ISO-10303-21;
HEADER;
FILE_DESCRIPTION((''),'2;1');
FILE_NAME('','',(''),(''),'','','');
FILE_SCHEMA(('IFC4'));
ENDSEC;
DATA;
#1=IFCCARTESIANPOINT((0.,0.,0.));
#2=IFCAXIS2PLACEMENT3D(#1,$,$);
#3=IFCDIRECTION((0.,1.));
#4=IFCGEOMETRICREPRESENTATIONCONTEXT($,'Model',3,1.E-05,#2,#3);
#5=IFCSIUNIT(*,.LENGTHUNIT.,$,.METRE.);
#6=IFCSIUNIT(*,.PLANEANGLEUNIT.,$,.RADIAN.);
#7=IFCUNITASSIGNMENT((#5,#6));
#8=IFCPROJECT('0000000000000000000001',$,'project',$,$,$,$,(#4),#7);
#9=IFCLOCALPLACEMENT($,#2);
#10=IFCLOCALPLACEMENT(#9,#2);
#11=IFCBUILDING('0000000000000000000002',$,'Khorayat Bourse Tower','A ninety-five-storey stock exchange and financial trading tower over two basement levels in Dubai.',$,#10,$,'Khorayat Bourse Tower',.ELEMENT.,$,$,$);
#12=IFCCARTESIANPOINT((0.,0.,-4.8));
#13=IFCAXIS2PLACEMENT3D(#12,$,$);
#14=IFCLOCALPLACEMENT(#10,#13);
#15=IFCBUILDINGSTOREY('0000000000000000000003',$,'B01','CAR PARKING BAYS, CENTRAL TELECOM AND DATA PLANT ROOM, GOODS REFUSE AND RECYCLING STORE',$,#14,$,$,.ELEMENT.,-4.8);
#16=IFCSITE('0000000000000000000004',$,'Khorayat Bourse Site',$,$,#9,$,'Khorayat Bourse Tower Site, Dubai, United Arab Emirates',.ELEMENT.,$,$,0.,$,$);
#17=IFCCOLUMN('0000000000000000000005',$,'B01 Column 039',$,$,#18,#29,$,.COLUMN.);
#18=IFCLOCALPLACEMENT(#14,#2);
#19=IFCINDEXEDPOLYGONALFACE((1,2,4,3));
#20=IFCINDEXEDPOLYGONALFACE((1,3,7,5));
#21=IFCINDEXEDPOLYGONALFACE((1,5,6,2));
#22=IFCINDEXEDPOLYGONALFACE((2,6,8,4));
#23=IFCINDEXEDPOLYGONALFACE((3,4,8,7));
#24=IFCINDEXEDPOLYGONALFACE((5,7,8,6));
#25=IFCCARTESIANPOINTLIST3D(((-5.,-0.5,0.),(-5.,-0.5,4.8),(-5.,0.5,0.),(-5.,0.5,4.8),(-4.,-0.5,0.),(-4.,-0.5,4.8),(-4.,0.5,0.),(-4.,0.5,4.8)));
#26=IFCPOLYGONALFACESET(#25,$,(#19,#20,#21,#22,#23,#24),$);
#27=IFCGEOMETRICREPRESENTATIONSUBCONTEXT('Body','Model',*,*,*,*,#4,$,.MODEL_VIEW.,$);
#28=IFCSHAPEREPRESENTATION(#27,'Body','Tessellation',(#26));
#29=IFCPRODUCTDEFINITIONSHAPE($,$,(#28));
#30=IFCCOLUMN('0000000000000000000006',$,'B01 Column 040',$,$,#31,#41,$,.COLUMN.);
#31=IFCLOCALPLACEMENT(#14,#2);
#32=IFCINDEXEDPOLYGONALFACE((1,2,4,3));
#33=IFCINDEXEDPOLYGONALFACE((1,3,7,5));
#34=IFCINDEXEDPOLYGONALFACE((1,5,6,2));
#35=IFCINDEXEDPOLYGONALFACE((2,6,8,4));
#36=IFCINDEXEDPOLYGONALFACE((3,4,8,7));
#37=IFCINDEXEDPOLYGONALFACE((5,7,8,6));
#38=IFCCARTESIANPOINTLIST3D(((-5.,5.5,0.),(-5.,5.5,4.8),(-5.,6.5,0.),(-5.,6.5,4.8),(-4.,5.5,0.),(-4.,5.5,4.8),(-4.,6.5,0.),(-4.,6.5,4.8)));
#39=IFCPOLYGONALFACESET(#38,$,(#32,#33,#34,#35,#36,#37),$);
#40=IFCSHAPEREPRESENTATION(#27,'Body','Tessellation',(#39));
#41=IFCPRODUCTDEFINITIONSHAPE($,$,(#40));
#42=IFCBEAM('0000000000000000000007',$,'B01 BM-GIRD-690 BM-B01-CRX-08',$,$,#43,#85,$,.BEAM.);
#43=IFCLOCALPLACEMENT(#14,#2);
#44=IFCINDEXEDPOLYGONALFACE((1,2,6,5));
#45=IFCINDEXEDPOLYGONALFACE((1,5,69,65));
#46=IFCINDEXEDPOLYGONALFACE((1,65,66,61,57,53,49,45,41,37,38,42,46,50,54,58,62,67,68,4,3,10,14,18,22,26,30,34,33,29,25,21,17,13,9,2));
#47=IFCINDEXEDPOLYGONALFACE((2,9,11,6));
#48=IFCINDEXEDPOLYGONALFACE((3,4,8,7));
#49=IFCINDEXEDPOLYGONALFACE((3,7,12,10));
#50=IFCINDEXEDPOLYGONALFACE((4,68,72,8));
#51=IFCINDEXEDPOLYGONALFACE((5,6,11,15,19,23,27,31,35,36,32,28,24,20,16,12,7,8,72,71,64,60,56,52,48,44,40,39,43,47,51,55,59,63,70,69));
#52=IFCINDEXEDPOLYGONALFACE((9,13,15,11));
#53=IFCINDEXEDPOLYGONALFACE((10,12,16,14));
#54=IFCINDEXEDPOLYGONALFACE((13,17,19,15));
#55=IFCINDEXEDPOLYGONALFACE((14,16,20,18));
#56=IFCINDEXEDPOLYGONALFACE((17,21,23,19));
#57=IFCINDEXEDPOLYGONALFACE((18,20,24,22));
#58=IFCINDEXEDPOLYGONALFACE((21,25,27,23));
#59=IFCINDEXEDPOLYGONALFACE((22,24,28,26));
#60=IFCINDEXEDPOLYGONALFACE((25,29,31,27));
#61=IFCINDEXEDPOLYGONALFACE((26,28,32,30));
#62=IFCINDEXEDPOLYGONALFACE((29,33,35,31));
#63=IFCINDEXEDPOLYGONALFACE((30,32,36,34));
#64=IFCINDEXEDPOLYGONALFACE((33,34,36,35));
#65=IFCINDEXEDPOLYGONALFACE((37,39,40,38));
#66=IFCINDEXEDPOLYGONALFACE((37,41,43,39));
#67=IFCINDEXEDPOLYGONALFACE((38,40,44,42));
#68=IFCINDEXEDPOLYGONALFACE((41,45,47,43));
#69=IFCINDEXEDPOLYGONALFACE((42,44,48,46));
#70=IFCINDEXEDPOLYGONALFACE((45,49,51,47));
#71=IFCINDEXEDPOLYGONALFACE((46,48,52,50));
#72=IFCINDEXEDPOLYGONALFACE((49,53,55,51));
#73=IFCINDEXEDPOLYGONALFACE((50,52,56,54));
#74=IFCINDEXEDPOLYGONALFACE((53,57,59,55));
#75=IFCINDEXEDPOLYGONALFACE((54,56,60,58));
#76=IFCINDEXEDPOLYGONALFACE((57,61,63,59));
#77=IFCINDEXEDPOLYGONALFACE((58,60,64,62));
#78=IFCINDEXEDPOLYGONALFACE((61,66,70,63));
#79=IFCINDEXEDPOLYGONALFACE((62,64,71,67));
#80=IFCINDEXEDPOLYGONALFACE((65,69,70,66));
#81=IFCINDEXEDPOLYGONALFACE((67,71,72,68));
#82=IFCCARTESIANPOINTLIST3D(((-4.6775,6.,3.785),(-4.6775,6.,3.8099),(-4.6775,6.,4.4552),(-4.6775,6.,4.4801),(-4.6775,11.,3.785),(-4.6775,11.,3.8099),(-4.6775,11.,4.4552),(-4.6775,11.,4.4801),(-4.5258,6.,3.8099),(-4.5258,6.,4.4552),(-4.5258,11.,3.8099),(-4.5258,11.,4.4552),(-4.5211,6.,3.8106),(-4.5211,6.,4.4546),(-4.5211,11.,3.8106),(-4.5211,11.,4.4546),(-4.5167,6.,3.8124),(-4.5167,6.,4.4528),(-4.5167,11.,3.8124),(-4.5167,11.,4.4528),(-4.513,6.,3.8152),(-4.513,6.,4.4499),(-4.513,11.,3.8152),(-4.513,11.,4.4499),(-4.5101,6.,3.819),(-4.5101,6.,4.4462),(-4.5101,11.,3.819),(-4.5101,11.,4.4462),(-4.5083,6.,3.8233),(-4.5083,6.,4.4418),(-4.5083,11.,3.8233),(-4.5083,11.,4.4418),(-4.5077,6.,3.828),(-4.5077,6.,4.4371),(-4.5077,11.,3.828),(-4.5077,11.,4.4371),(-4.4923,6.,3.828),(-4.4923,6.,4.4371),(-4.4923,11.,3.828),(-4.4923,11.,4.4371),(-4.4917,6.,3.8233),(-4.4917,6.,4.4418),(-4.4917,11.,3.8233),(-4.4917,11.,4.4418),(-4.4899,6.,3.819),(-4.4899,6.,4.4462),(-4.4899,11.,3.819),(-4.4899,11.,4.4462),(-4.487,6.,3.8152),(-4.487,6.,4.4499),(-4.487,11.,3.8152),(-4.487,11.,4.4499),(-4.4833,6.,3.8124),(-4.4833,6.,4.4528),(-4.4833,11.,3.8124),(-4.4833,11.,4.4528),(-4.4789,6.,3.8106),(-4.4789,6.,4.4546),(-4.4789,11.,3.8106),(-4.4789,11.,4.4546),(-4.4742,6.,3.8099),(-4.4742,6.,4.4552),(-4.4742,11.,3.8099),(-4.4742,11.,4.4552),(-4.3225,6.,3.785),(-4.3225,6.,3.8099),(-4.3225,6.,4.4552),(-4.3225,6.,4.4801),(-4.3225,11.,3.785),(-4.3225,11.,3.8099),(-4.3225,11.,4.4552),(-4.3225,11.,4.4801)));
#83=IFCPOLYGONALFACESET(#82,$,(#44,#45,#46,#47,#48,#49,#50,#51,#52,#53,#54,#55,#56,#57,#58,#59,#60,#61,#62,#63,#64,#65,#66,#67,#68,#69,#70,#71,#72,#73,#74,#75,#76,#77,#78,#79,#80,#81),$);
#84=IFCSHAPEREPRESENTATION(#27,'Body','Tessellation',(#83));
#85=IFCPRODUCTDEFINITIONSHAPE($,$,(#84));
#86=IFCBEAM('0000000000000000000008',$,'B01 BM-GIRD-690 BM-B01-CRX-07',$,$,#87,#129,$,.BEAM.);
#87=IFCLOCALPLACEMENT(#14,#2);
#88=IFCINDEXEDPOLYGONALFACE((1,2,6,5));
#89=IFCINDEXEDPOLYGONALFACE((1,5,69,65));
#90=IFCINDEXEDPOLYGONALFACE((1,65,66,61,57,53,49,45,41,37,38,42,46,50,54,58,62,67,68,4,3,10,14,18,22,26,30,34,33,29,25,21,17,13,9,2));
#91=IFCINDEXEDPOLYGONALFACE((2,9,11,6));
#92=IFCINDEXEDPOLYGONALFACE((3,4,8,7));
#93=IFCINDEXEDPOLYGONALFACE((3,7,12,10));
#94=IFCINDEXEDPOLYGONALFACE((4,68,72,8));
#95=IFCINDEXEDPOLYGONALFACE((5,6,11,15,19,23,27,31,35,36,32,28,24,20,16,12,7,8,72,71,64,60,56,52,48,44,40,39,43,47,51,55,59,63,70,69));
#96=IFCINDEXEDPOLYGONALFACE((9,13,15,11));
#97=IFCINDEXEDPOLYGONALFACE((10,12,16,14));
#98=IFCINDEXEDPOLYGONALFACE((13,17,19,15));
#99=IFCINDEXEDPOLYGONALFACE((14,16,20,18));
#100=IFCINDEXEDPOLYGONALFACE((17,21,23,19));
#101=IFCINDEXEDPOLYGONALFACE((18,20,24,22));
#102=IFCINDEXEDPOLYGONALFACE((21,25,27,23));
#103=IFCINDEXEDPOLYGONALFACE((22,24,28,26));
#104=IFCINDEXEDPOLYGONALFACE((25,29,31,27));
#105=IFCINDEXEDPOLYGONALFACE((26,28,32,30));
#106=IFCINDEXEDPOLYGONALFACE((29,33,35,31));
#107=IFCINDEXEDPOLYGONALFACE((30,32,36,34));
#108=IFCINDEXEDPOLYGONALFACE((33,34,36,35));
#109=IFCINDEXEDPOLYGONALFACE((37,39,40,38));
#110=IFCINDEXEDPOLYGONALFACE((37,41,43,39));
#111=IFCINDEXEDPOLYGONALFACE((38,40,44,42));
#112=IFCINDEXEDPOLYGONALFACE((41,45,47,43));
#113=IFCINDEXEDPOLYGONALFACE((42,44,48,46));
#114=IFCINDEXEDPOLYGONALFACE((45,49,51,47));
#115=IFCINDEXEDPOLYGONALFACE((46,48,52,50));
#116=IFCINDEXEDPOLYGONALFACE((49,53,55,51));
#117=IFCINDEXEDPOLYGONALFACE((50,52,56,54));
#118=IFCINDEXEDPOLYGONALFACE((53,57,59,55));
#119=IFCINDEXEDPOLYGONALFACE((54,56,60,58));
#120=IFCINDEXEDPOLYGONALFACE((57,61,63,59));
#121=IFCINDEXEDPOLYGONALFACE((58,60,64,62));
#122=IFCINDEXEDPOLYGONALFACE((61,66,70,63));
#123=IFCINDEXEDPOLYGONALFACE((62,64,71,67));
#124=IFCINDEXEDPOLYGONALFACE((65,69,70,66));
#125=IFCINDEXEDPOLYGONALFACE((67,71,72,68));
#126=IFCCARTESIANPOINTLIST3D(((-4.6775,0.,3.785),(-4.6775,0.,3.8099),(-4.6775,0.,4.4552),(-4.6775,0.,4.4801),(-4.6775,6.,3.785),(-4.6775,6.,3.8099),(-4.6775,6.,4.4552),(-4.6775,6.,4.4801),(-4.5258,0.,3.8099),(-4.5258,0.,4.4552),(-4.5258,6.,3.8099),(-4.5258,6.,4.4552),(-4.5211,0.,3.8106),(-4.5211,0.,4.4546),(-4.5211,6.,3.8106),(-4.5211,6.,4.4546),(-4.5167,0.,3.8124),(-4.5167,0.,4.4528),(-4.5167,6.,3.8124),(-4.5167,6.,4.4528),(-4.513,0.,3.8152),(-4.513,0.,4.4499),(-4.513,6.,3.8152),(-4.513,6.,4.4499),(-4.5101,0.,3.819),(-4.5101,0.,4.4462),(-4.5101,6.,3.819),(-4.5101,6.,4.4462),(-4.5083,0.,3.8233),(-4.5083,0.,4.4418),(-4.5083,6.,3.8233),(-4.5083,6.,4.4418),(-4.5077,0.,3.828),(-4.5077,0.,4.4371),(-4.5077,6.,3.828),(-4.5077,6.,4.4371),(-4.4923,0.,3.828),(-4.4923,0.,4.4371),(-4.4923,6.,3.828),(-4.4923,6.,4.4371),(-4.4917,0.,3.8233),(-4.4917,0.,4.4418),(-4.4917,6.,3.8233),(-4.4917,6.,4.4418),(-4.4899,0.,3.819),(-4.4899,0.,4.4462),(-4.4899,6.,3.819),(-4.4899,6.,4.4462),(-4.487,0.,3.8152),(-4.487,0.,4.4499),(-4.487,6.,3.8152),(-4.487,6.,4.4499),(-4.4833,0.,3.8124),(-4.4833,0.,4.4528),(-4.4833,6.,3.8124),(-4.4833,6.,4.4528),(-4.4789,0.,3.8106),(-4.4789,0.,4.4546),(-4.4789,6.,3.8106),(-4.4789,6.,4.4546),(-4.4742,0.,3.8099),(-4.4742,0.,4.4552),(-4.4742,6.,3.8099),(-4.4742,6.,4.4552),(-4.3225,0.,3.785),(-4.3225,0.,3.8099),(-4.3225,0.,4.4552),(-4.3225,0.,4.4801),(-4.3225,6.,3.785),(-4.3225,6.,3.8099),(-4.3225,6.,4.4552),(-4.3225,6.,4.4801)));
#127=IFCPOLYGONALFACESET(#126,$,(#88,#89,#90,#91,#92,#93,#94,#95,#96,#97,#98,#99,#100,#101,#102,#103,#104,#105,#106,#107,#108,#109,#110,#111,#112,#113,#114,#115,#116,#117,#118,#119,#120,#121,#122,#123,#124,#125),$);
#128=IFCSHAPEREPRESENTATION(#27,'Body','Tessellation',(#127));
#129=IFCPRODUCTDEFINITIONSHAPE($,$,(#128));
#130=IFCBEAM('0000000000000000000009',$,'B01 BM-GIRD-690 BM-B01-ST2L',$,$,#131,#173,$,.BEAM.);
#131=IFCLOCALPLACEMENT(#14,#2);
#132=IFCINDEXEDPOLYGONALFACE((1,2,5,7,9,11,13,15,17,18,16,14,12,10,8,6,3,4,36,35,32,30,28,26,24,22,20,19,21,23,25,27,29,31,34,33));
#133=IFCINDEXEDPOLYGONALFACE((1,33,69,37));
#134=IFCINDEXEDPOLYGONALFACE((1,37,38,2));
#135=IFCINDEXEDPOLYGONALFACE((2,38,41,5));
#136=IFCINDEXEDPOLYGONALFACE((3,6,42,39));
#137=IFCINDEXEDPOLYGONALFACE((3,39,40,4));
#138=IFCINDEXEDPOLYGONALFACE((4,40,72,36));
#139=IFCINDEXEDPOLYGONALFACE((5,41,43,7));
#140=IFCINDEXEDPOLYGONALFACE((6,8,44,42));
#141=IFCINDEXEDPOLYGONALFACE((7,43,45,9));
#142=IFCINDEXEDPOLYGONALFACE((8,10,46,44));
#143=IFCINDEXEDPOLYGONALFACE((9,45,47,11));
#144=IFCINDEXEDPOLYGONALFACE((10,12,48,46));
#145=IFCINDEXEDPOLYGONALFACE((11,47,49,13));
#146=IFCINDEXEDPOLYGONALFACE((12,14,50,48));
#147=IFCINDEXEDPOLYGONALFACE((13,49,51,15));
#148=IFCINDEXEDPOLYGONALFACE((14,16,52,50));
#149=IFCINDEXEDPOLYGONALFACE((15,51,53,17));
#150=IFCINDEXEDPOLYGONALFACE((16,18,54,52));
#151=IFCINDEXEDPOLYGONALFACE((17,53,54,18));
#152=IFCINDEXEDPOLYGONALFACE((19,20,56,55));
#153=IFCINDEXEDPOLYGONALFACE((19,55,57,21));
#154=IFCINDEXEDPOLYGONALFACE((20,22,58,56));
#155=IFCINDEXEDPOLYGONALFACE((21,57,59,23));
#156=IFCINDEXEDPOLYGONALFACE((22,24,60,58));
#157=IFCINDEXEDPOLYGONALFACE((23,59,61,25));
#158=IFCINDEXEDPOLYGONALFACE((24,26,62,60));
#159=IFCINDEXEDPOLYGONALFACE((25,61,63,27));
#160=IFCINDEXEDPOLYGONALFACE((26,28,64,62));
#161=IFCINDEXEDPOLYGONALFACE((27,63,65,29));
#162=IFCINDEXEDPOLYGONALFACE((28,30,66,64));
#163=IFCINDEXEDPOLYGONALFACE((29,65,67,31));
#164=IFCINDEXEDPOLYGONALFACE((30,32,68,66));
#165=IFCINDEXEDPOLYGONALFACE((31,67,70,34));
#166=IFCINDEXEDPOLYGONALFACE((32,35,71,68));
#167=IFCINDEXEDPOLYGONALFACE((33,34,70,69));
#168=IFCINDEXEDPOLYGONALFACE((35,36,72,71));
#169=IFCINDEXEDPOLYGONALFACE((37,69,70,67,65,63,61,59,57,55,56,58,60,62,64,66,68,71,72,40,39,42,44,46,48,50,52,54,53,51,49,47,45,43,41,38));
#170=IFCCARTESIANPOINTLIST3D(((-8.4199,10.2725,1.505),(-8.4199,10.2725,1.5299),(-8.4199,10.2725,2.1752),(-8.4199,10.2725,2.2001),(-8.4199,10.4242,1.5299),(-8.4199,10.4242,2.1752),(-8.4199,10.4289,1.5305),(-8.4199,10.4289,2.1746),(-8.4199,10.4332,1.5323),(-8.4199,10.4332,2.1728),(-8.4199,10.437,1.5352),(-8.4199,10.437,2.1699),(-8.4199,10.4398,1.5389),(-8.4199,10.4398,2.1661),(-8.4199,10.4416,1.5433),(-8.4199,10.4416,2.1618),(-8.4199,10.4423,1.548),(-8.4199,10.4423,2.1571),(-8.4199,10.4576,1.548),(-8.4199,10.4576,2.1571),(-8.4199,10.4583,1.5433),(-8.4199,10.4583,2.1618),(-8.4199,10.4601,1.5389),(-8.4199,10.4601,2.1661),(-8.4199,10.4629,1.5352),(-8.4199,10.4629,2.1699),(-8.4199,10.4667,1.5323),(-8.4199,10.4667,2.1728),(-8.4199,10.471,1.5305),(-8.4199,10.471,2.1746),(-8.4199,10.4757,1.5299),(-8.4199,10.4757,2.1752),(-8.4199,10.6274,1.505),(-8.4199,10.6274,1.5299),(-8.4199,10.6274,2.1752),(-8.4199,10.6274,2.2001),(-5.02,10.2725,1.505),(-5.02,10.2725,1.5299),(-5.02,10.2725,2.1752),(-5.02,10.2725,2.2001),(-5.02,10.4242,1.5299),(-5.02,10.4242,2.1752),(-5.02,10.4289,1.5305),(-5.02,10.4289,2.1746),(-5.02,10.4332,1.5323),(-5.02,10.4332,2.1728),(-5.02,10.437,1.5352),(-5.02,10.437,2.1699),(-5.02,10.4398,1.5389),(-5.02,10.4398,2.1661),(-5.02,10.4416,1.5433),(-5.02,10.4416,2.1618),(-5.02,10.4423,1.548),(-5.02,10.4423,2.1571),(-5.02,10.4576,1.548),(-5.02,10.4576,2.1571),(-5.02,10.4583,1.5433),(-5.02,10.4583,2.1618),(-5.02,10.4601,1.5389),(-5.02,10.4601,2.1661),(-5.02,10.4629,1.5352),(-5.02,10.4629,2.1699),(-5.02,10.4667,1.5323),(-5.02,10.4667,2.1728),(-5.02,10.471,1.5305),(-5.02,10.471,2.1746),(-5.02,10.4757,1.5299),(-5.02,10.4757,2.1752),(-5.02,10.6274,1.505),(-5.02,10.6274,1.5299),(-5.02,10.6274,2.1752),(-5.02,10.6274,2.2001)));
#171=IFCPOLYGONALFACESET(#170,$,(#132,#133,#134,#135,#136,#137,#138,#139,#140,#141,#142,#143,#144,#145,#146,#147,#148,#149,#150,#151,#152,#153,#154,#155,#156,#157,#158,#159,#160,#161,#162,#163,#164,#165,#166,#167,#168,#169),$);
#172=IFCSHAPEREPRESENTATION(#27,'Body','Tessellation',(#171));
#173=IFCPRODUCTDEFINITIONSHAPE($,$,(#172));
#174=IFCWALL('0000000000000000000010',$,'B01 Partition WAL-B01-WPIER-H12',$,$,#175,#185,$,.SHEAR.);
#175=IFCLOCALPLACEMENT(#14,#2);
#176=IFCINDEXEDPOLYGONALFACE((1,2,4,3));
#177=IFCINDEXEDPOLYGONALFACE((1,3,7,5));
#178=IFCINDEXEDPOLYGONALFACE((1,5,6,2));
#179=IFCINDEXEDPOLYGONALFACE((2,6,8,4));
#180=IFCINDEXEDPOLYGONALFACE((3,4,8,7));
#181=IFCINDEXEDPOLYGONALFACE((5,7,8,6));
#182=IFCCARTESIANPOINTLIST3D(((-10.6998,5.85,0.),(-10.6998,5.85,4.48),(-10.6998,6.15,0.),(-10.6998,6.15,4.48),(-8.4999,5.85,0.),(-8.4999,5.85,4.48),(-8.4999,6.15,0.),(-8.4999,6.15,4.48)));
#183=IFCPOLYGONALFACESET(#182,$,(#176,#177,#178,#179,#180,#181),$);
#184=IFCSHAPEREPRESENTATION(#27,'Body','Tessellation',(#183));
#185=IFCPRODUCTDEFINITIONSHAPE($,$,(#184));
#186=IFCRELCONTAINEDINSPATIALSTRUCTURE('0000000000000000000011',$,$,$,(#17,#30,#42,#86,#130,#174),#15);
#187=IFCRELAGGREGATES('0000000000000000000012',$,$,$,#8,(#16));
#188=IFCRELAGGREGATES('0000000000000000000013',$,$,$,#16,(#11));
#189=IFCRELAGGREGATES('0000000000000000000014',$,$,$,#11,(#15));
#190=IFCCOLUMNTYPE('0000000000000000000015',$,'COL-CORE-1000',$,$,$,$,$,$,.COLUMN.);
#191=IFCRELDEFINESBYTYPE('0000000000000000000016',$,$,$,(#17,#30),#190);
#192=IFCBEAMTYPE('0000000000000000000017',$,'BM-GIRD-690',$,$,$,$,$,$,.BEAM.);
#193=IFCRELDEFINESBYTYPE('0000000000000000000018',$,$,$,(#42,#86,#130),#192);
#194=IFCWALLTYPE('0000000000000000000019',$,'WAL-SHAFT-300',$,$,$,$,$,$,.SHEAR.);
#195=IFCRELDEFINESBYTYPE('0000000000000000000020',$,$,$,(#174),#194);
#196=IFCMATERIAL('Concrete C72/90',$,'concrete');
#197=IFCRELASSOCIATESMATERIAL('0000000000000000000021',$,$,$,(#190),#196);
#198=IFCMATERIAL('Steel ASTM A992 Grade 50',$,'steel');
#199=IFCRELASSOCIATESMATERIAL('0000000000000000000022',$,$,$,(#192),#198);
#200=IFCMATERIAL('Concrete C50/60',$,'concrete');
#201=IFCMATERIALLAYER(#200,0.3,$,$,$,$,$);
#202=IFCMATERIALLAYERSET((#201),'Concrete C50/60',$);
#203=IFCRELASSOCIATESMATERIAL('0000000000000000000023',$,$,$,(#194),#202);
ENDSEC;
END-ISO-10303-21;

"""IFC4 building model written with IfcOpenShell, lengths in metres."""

from ifc_helpers import new_model, si_unit, direction, frame, frame_2d, origin, origin_2d, place, context, subcontext, project, spatial, rectangle, i_section, extrude, source, transform, mapped, material, layer, layer_set, material_profile, profile_set, type_object, element, save


model = new_model("IFC4")

# Units and contexts
model_context = context("Model", 3, precision=1e-05, world=origin(), true_north=direction((0.0, 1.0)))
body_context = subcontext(model_context, "Body", "Model", "MODEL_VIEW")
ifc_project = project(units=[si_unit("LENGTHUNIT", "METRE"), si_unit("PLANEANGLEUNIT", "RADIAN")], contexts=[model_context])

# Site, building, storey
site_placement = place(None, origin())
site = spatial("IfcSite", under=ifc_project, at=site_placement, Name="Khorayat Bourse Site", LongName="Khorayat Bourse Tower Site, Dubai, United Arab Emirates", CompositionType="ELEMENT", RefElevation=0.0)
building_placement = place(site_placement, origin())
building = spatial("IfcBuilding", under=site, at=building_placement, Name="Khorayat Bourse Tower", Description="A ninety-five-storey stock exchange and financial trading tower over two basement levels in Dubai.", LongName="Khorayat Bourse Tower", CompositionType="ELEMENT")
storey_placement = place(building_placement, frame((0.0, 0.0, -4.8)))
storey = spatial("IfcBuildingStorey", under=building, at=storey_placement, Name="B01", Description="CAR PARKING BAYS, CENTRAL TELECOM AND DATA PLANT ROOM, GOODS REFUSE AND RECYCLING STORE", CompositionType="ELEMENT", Elevation=-4.8)

# Columns
ifc_material_1 = material(Name="Concrete C72/90", Category="concrete")
ifc_material_profile_1 = material_profile(ifc_material_1, rectangle(XDim=1.0, YDim=1.0, at=origin_2d()), Name="RC 1000x1000")
ifc_profile_set_1 = profile_set([ifc_material_profile_1], Name="Concrete C72/90")
column_type = type_object("IfcColumnType", Name="COL-CORE-1000", PredefinedType="COLUMN", material=ifc_profile_set_1)
shared_shape_1 = source(origin(), body_context, "Body", "SweptSolid", [
    extrude(rectangle(XDim=1.0, YDim=1.0, at=origin_2d()), origin(), (0.0, 0.0, 1.0), 4.8),
])
for number, where, z_axis, x_axis, name in (
    (1, (-4.5, 0.0, 0.0), (0.0, 0.0, 1.0), (1.0, 0.0, 0.0), "B01 Column 039"),
    (2, (-4.5, 6.0, 0.0), (0.0, 0.0, 1.0), (1.0, 0.0, 0.0), "B01 Column 040"),
):
    element("IfcColumn", number, at=place(storey_placement, frame(where, z_axis=z_axis, x_axis=x_axis)), inside=storey, type_object=column_type, Name=name, PredefinedType="COLUMN", context=body_context, shape_type="MappedRepresentation", body=[
        mapped(shared_shape_1, transform((0.0, 0.0, 0.0), scale=1.0)),
    ])

# Beams
ifc_material_2 = material(Name="Steel ASTM A992 Grade 50", Category="steel")
ifc_material_profile_2 = material_profile(ifc_material_2, i_section(OverallWidth=0.355, OverallDepth=0.6951, WebThickness=0.0154, FlangeThickness=0.0249, FilletRadius=0.0181, at=origin_2d()), Name="W690X217")
ifc_profile_set_2 = profile_set([ifc_material_profile_2], Name="Steel ASTM A992 Grade 50")
beam_type = type_object("IfcBeamType", Name="BM-GIRD-690", PredefinedType="BEAM", material=ifc_profile_set_2)
shared_shape_2 = source(origin(), body_context, "Body", "SweptSolid", [
    extrude(i_section(OverallWidth=0.355, OverallDepth=0.6951, WebThickness=0.0154, FlangeThickness=0.0249, FilletRadius=0.0181, at=origin_2d()), origin(), (0.0, 0.0, 1.0), 5.0),
])
beam_1_placement = place(storey_placement, frame((-4.5, 6.0, 4.1326), z_axis=(0.0, 1.0, 0.0), x_axis=(-1.0, 0.0, 0.0)))
element("IfcBeam", 3, at=beam_1_placement, inside=storey, type_object=beam_type, Name="B01 BM-GIRD-690 BM-B01-CRX-08", PredefinedType="BEAM", context=body_context, shape_type="MappedRepresentation", body=[
    mapped(shared_shape_2, transform((0.0, 0.0, 0.0), scale=1.0)),
])
shared_shape_3 = source(origin(), body_context, "Body", "SweptSolid", [
    extrude(i_section(OverallWidth=0.355, OverallDepth=0.6951, WebThickness=0.0154, FlangeThickness=0.0249, FilletRadius=0.0181, at=origin_2d()), origin(), (0.0, 0.0, 1.0), 6.0),
])
beam_2_placement = place(storey_placement, frame((-4.5, 0.0, 4.1326), z_axis=(0.0, 1.0, 0.0), x_axis=(-1.0, 0.0, 0.0)))
element("IfcBeam", 4, at=beam_2_placement, inside=storey, type_object=beam_type, Name="B01 BM-GIRD-690 BM-B01-CRX-07", PredefinedType="BEAM", context=body_context, shape_type="MappedRepresentation", body=[
    mapped(shared_shape_3, transform((0.0, 0.0, 0.0), scale=1.0)),
])
shared_shape_4 = source(origin(), body_context, "Body", "SweptSolid", [
    extrude(i_section(OverallWidth=0.355, OverallDepth=0.6951, WebThickness=0.0154, FlangeThickness=0.0249, FilletRadius=0.0181, at=origin_2d()), origin(), (0.0, 0.0, 1.0), 3.3999),
])
beam_3_placement = place(storey_placement, frame((-8.4199, 10.45, 1.8525), z_axis=(1.0, 0.0, 0.0), x_axis=(0.0, 1.0, 0.0)))
element("IfcBeam", 5, at=beam_3_placement, inside=storey, type_object=beam_type, Name="B01 BM-GIRD-690 BM-B01-ST2L", PredefinedType="BEAM", context=body_context, shape_type="MappedRepresentation", body=[
    mapped(shared_shape_4, transform((0.0, 0.0, 0.0), scale=1.0)),
])

# Wall
ifc_material_3 = material(Name="Concrete C50/60", Category="concrete")
ifc_layer_1 = layer(ifc_material_3, 0.3)
ifc_layer_set_1 = layer_set([ifc_layer_1], Name="Concrete C50/60")
wall_type_1 = type_object("IfcWallType", Name="WAL-SHAFT-300", PredefinedType="SHEAR", material=ifc_layer_set_1)
shared_shape_5 = source(origin(), body_context, "Body", "SweptSolid", [
    extrude(rectangle(XDim=2.2, YDim=0.3, at=frame_2d((1.1001, 0.0))), origin(), (0.0, 0.0, 1.0), 4.48),
])
for number, where, z_axis, x_axis, name in (
    (6, (-10.7, 6.0, 0.0), (0.0, 0.0, 1.0), (1.0, 0.0, 0.0), "B01 Partition WAL-B01-WPIER-H12"),
):
    element("IfcWall", number, at=place(storey_placement, frame(where, z_axis=z_axis, x_axis=x_axis)), inside=storey, type_object=wall_type_1, Name=name, PredefinedType="SHEAR", context=body_context, shape_type="MappedRepresentation", body=[
        mapped(shared_shape_5, transform((0.0, 0.0, 0.0), scale=1.0)),
    ])

save(model, "model.ifc")
